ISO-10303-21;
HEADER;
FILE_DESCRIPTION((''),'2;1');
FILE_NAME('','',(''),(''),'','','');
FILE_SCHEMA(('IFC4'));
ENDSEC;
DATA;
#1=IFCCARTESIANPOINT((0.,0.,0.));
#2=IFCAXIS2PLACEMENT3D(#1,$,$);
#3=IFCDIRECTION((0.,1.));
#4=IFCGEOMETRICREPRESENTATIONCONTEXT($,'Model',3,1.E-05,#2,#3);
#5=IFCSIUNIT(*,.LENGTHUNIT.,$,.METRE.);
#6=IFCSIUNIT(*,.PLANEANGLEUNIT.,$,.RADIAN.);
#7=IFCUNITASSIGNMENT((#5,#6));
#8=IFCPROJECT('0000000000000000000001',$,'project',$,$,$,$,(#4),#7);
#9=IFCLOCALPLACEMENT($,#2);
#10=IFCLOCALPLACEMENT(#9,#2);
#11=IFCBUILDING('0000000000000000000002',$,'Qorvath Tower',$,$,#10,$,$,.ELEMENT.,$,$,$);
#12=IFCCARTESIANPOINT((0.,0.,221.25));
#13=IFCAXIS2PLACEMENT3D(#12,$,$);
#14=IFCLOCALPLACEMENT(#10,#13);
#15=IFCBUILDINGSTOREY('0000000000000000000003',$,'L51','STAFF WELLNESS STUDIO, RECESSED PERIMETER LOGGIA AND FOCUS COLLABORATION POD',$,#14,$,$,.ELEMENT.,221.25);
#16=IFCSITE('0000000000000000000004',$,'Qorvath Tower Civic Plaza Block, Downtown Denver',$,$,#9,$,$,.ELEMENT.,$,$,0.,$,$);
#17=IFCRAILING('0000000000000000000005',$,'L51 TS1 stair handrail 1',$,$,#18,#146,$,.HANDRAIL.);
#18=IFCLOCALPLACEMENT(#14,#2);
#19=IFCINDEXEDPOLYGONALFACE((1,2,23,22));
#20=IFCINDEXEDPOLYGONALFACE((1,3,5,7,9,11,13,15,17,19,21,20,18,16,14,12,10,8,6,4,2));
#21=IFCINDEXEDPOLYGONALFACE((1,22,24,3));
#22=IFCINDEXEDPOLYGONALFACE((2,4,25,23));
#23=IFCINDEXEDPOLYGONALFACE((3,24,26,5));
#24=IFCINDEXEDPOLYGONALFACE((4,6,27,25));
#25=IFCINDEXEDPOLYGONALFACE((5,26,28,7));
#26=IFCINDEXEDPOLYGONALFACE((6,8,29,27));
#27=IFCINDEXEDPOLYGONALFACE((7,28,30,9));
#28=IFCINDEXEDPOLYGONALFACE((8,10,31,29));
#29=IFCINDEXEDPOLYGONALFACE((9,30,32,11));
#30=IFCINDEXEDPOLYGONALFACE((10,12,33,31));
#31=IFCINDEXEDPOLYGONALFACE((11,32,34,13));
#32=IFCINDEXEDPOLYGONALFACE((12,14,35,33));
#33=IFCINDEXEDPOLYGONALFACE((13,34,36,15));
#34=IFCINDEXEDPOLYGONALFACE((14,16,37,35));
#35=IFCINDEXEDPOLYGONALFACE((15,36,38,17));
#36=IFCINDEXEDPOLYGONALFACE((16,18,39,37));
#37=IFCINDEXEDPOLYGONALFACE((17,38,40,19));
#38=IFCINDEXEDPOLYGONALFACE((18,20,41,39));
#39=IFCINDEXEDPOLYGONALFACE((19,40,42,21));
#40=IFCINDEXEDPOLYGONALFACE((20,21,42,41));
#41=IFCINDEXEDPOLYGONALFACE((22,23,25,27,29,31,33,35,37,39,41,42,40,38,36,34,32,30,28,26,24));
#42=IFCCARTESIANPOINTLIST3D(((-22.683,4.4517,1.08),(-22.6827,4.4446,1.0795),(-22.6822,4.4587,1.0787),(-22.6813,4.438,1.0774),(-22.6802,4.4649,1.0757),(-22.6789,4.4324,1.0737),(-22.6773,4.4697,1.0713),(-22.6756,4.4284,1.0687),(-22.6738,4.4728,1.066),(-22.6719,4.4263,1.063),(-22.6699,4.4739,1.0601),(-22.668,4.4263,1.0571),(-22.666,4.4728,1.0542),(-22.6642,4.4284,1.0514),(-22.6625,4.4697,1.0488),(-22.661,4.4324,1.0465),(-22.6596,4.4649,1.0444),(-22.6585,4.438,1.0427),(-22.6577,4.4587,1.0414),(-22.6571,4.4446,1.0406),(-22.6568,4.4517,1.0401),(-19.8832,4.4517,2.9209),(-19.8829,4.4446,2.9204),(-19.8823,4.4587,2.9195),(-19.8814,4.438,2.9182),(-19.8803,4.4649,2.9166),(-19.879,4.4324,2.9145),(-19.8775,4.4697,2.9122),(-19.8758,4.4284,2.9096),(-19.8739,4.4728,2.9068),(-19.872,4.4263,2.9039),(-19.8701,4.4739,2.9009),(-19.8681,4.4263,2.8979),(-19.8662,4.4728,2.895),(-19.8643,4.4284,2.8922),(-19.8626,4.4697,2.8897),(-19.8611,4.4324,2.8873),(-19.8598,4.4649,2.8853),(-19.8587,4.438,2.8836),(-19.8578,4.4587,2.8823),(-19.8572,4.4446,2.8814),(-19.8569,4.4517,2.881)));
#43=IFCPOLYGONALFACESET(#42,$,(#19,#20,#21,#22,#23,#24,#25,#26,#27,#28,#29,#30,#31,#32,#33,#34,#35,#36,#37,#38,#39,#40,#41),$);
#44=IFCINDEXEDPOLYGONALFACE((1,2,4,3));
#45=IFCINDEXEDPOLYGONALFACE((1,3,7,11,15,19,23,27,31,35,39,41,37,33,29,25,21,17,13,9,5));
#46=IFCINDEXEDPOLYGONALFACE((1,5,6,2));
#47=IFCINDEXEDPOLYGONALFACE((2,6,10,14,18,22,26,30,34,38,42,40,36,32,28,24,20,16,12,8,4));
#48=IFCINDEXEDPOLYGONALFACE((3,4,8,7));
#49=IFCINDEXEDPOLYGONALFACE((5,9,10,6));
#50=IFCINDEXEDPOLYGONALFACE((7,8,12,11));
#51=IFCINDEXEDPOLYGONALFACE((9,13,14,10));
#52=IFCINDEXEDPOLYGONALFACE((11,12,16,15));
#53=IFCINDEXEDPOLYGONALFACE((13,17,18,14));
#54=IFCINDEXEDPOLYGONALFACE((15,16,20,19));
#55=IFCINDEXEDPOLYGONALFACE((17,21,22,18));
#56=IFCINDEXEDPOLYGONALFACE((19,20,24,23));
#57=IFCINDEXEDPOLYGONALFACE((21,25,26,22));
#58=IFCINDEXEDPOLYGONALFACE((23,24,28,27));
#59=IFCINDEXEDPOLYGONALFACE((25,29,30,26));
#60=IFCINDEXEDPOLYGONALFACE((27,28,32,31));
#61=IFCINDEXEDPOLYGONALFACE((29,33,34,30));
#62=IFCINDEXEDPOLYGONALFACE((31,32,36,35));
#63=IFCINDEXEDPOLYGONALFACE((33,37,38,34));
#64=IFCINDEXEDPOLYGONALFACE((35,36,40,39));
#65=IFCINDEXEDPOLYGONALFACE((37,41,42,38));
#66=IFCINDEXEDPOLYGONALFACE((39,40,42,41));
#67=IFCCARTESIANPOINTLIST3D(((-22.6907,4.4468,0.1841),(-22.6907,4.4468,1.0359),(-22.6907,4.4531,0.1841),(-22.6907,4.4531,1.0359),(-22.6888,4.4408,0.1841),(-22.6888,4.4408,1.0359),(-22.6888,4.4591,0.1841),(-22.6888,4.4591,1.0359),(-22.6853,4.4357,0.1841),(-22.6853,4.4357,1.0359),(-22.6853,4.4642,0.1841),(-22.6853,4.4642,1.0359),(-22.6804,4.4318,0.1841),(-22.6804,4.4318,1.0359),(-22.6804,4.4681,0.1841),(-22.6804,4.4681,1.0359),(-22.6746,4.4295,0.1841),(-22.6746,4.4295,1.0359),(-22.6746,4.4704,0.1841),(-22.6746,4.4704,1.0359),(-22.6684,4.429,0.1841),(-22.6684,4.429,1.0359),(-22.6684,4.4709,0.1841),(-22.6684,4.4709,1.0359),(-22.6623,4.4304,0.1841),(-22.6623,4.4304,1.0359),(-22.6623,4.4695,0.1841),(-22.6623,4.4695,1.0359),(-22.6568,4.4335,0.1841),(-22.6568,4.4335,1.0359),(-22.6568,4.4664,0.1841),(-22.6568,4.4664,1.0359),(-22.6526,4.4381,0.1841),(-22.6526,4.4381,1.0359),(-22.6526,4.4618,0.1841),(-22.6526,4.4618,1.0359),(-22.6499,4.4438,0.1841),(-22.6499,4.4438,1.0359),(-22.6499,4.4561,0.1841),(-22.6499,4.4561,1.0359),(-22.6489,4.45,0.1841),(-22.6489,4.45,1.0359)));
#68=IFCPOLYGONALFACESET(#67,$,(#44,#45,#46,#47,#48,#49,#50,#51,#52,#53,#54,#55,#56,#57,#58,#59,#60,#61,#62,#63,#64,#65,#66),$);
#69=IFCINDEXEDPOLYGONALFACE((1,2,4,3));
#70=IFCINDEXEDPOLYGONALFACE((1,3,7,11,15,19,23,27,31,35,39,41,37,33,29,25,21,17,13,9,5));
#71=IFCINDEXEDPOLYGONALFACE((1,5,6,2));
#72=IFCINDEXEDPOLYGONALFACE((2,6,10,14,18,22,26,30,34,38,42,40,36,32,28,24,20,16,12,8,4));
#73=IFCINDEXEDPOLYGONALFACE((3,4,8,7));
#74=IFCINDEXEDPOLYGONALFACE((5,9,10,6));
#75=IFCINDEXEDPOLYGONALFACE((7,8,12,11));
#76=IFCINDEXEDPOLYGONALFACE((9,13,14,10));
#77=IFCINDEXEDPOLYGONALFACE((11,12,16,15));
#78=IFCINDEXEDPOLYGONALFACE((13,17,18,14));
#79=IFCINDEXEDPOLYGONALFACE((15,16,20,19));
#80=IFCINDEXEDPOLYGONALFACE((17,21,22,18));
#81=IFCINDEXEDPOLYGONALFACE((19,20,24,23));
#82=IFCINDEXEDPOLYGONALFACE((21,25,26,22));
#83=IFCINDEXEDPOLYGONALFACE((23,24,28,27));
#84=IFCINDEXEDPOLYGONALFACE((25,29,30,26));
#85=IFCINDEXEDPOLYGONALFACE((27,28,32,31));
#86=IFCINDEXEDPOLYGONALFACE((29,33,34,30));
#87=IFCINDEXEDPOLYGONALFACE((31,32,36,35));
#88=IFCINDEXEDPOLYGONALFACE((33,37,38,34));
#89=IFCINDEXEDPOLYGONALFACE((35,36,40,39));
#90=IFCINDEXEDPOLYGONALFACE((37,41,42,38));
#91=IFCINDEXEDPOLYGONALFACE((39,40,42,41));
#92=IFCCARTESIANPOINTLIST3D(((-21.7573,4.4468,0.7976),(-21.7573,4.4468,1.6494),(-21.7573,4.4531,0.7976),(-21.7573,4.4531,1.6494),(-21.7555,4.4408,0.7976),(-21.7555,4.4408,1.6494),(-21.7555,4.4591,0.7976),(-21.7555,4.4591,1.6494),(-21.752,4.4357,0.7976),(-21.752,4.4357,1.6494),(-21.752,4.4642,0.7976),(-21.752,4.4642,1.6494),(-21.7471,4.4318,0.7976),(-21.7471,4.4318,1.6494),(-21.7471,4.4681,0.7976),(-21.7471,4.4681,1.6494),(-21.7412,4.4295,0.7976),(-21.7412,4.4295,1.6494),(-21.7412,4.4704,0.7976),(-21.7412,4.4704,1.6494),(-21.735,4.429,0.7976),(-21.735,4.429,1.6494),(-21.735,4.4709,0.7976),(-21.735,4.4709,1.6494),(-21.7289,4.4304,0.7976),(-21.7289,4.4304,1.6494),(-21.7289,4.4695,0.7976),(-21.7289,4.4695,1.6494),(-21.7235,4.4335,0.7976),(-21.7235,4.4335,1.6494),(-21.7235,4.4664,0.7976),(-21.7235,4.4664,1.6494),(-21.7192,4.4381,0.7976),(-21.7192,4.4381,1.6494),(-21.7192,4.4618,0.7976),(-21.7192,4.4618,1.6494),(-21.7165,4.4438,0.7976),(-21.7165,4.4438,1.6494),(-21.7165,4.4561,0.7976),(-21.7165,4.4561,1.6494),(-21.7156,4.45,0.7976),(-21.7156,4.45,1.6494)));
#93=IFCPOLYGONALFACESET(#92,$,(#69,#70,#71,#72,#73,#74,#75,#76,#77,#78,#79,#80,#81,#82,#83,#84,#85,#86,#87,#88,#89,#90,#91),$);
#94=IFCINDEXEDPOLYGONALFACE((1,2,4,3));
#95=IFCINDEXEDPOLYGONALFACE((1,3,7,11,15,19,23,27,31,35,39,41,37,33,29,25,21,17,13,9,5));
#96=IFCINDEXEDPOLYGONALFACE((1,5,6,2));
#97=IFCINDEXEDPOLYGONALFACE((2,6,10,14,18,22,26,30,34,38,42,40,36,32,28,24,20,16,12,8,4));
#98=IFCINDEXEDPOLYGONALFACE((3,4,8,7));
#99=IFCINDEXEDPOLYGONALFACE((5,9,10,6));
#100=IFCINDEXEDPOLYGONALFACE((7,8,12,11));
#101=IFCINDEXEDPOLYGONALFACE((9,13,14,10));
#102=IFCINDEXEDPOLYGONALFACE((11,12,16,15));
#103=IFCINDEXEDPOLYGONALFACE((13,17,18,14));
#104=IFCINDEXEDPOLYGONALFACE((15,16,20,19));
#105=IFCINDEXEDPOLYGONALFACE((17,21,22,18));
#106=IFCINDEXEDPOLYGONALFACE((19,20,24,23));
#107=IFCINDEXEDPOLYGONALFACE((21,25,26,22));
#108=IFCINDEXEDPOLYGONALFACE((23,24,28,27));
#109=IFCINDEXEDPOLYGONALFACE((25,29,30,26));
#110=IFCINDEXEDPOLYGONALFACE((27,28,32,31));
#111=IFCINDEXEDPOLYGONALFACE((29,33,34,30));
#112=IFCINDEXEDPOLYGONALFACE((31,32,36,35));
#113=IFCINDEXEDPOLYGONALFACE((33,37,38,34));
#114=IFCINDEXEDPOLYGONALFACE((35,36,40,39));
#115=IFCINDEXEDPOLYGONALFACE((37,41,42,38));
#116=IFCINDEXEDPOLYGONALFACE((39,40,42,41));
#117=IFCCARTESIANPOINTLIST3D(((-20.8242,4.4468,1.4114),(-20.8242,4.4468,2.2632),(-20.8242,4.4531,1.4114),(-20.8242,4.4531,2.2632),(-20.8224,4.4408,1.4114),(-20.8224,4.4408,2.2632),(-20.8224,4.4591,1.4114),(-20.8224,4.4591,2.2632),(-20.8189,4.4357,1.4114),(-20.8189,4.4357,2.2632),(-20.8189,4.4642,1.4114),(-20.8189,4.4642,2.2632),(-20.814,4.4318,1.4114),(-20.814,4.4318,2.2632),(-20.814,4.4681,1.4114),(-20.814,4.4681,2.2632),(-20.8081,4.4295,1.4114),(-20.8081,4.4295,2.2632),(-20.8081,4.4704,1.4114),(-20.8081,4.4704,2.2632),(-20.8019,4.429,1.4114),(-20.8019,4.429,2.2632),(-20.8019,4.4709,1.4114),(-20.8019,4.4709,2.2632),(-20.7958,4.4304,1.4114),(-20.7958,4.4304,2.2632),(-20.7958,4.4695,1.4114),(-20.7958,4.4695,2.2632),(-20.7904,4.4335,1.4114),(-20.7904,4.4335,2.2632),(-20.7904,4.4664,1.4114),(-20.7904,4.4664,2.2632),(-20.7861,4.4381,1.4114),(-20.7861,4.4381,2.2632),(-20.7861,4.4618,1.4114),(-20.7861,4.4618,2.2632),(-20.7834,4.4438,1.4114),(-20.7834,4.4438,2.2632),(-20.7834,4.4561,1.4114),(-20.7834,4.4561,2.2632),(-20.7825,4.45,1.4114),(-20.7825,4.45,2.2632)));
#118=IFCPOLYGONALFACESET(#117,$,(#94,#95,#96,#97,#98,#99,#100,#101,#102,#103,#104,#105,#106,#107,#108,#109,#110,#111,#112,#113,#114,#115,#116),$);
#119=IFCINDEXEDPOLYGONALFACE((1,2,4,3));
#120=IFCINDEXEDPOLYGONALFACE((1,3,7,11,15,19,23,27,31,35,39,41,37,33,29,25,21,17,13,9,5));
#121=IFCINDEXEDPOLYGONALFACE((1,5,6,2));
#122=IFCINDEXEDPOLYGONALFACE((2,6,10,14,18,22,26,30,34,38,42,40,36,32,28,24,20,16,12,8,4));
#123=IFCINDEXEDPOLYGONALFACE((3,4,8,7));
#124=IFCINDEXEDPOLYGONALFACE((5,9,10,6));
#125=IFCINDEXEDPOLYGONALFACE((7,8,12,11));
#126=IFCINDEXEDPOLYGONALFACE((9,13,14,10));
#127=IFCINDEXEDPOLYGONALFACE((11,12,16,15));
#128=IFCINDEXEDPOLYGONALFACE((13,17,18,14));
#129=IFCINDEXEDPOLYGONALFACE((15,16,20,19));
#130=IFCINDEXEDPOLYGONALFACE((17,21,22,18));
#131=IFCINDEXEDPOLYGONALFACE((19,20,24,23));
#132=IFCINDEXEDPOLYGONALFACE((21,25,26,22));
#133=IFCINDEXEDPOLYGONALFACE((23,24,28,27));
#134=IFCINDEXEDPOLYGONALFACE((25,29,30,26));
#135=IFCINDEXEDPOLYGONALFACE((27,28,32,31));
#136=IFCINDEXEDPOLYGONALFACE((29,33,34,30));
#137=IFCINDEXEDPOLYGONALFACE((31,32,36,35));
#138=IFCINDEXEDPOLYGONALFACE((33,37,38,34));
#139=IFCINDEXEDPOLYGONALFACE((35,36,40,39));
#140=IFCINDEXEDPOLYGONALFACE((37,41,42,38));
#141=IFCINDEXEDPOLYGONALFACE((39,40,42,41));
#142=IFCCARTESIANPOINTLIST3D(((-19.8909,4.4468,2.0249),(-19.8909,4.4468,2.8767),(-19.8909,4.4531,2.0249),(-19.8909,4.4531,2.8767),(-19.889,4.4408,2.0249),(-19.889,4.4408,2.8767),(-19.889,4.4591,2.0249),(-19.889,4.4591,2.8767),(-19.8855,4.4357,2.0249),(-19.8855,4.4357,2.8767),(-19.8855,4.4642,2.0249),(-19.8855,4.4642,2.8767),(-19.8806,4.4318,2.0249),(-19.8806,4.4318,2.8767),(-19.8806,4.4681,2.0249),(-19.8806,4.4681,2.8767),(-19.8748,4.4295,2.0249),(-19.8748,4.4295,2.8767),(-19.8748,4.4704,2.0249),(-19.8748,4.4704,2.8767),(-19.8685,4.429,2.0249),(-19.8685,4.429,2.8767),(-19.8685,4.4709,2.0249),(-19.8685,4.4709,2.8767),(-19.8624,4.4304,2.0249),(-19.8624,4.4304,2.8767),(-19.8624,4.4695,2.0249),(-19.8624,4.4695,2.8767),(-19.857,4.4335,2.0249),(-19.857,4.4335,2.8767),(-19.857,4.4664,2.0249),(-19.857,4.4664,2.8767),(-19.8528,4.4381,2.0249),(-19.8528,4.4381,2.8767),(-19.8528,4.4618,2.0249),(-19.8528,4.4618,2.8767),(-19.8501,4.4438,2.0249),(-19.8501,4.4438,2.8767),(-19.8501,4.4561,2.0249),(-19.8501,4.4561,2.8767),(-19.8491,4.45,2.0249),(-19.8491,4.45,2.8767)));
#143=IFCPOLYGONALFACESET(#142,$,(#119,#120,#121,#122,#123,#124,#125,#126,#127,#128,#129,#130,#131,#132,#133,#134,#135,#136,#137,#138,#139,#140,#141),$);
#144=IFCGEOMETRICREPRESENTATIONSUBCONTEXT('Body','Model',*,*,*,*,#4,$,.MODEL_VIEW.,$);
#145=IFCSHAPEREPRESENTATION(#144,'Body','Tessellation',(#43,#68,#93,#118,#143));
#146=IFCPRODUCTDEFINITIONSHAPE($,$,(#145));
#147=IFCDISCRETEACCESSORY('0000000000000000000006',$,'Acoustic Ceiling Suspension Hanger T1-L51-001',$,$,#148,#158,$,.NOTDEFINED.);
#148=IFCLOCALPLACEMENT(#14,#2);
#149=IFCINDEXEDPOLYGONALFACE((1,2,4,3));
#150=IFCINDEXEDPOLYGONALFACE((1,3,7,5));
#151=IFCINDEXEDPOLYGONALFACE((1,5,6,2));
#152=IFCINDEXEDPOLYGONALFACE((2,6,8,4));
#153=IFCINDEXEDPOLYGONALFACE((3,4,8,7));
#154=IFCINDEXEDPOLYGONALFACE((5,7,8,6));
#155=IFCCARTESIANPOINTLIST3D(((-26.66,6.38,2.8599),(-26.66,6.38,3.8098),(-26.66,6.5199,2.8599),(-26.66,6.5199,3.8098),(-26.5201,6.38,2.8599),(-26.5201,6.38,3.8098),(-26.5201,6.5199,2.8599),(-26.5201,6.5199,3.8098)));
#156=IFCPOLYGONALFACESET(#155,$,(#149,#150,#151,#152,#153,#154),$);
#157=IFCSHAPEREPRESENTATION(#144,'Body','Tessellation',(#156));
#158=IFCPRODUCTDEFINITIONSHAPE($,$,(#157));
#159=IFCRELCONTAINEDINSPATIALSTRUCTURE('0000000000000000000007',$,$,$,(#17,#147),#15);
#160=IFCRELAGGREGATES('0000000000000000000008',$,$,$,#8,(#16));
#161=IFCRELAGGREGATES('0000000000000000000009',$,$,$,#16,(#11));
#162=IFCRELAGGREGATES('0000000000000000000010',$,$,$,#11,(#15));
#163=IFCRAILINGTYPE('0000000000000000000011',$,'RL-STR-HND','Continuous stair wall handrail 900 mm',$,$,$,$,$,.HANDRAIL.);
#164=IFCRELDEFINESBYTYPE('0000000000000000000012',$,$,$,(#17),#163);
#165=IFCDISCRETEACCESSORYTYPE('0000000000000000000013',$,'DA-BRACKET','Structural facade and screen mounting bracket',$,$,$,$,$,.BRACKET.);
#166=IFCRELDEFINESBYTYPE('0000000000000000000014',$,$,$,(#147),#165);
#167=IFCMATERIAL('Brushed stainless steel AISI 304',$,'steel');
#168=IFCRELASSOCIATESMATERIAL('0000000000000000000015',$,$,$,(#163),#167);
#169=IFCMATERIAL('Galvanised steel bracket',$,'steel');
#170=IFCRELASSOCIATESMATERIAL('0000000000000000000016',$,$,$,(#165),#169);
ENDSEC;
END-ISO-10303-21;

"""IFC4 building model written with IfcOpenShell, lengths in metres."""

from ifc_helpers import new_model, si_unit, direction, frame, origin, origin_2d, place, context, subcontext, project, spatial, rectangle, circle, extrude, material, type_object, element, save


model = new_model("IFC4")

# Units and contexts
model_context = context("Model", 3, precision=1e-05, world=origin(), true_north=direction((0.0, 1.0)))
body_context = subcontext(model_context, "Body", "Model", "MODEL_VIEW")
ifc_project = project(units=[si_unit("LENGTHUNIT", "METRE"), si_unit("PLANEANGLEUNIT", "RADIAN")], contexts=[model_context])

# Site, building, storey
site_placement = place(None, origin())
site = spatial("IfcSite", under=ifc_project, at=site_placement, Name="Qorvath Tower Civic Plaza Block, Downtown Denver", CompositionType="ELEMENT", RefElevation=0.0)
building_placement = place(site_placement, origin())
building = spatial("IfcBuilding", under=site, at=building_placement, Name="Qorvath Tower", CompositionType="ELEMENT")
storey_placement = place(building_placement, frame((0.0, 0.0, 221.25)))
storey = spatial("IfcBuildingStorey", under=building, at=storey_placement, Name="L51", Description="STAFF WELLNESS STUDIO, RECESSED PERIMETER LOGGIA AND FOCUS COLLABORATION POD", CompositionType="ELEMENT", Elevation=221.25)

# Railing
ifc_material_1 = material(Name="Brushed stainless steel AISI 304", Category="steel")
railing_type_1 = type_object("IfcRailingType", Name="RL-STR-HND", Description="Continuous stair wall handrail 900 mm", PredefinedType="HANDRAIL", material=ifc_material_1)
railing_1_placement = place(storey_placement, frame((-22.6699, 4.45, 0.1841)))
element("IfcRailing", 1, at=railing_1_placement, inside=storey, type_object=railing_type_1, Name="L51 TS1 stair handrail 1", PredefinedType="HANDRAIL", context=body_context, shape_type="SweptSolid", body=[
    extrude(circle(Radius=0.0239, at=origin_2d()), frame((0.0, 0.0, 0.876), z_axis=(0.835576, 0.0, 0.549376), x_axis=(0.0, 1.0, 0.0)), (0.0, 0.0, 1.0), 3.3508),
    extrude(circle(Radius=0.021, at=origin_2d()), origin(), (0.0, 0.0, 1.0), 0.8518),
    extrude(circle(Radius=0.021, at=origin_2d()), frame((0.9333, 0.0, 0.6135)), (0.0, 0.0, 1.0), 0.8518),
    extrude(circle(Radius=0.021, at=origin_2d()), frame((1.8665, 0.0, 1.2273)), (0.0, 0.0, 1.0), 0.8518),
    extrude(circle(Radius=0.021, at=origin_2d()), frame((2.7998, 0.0, 1.8408)), (0.0, 0.0, 1.0), 0.8518),
])

# Discrete accessory
ifc_material_2 = material(Name="Galvanised steel bracket", Category="steel")
discrete_accessory_type = type_object("IfcDiscreteAccessoryType", Name="DA-BRACKET", Description="Structural facade and screen mounting bracket", PredefinedType="BRACKET", material=ifc_material_2)
discrete_accessory_placement = place(storey_placement, frame((-26.5901, 6.45, 2.8599), z_axis=(0.0, 0.0, 1.0), x_axis=(1.0, 0.0, 0.0)))
element("IfcDiscreteAccessory", 2, at=discrete_accessory_placement, inside=storey, type_object=discrete_accessory_type, Name="Acoustic Ceiling Suspension Hanger T1-L51-001", PredefinedType="NOTDEFINED", context=body_context, shape_type="SweptSolid", body=[
    extrude(rectangle(XDim=0.1399, YDim=0.1399, at=origin_2d()), origin(), (0.0, 0.0, 1.0), 0.95),
])

save(model, "model.ifc")
